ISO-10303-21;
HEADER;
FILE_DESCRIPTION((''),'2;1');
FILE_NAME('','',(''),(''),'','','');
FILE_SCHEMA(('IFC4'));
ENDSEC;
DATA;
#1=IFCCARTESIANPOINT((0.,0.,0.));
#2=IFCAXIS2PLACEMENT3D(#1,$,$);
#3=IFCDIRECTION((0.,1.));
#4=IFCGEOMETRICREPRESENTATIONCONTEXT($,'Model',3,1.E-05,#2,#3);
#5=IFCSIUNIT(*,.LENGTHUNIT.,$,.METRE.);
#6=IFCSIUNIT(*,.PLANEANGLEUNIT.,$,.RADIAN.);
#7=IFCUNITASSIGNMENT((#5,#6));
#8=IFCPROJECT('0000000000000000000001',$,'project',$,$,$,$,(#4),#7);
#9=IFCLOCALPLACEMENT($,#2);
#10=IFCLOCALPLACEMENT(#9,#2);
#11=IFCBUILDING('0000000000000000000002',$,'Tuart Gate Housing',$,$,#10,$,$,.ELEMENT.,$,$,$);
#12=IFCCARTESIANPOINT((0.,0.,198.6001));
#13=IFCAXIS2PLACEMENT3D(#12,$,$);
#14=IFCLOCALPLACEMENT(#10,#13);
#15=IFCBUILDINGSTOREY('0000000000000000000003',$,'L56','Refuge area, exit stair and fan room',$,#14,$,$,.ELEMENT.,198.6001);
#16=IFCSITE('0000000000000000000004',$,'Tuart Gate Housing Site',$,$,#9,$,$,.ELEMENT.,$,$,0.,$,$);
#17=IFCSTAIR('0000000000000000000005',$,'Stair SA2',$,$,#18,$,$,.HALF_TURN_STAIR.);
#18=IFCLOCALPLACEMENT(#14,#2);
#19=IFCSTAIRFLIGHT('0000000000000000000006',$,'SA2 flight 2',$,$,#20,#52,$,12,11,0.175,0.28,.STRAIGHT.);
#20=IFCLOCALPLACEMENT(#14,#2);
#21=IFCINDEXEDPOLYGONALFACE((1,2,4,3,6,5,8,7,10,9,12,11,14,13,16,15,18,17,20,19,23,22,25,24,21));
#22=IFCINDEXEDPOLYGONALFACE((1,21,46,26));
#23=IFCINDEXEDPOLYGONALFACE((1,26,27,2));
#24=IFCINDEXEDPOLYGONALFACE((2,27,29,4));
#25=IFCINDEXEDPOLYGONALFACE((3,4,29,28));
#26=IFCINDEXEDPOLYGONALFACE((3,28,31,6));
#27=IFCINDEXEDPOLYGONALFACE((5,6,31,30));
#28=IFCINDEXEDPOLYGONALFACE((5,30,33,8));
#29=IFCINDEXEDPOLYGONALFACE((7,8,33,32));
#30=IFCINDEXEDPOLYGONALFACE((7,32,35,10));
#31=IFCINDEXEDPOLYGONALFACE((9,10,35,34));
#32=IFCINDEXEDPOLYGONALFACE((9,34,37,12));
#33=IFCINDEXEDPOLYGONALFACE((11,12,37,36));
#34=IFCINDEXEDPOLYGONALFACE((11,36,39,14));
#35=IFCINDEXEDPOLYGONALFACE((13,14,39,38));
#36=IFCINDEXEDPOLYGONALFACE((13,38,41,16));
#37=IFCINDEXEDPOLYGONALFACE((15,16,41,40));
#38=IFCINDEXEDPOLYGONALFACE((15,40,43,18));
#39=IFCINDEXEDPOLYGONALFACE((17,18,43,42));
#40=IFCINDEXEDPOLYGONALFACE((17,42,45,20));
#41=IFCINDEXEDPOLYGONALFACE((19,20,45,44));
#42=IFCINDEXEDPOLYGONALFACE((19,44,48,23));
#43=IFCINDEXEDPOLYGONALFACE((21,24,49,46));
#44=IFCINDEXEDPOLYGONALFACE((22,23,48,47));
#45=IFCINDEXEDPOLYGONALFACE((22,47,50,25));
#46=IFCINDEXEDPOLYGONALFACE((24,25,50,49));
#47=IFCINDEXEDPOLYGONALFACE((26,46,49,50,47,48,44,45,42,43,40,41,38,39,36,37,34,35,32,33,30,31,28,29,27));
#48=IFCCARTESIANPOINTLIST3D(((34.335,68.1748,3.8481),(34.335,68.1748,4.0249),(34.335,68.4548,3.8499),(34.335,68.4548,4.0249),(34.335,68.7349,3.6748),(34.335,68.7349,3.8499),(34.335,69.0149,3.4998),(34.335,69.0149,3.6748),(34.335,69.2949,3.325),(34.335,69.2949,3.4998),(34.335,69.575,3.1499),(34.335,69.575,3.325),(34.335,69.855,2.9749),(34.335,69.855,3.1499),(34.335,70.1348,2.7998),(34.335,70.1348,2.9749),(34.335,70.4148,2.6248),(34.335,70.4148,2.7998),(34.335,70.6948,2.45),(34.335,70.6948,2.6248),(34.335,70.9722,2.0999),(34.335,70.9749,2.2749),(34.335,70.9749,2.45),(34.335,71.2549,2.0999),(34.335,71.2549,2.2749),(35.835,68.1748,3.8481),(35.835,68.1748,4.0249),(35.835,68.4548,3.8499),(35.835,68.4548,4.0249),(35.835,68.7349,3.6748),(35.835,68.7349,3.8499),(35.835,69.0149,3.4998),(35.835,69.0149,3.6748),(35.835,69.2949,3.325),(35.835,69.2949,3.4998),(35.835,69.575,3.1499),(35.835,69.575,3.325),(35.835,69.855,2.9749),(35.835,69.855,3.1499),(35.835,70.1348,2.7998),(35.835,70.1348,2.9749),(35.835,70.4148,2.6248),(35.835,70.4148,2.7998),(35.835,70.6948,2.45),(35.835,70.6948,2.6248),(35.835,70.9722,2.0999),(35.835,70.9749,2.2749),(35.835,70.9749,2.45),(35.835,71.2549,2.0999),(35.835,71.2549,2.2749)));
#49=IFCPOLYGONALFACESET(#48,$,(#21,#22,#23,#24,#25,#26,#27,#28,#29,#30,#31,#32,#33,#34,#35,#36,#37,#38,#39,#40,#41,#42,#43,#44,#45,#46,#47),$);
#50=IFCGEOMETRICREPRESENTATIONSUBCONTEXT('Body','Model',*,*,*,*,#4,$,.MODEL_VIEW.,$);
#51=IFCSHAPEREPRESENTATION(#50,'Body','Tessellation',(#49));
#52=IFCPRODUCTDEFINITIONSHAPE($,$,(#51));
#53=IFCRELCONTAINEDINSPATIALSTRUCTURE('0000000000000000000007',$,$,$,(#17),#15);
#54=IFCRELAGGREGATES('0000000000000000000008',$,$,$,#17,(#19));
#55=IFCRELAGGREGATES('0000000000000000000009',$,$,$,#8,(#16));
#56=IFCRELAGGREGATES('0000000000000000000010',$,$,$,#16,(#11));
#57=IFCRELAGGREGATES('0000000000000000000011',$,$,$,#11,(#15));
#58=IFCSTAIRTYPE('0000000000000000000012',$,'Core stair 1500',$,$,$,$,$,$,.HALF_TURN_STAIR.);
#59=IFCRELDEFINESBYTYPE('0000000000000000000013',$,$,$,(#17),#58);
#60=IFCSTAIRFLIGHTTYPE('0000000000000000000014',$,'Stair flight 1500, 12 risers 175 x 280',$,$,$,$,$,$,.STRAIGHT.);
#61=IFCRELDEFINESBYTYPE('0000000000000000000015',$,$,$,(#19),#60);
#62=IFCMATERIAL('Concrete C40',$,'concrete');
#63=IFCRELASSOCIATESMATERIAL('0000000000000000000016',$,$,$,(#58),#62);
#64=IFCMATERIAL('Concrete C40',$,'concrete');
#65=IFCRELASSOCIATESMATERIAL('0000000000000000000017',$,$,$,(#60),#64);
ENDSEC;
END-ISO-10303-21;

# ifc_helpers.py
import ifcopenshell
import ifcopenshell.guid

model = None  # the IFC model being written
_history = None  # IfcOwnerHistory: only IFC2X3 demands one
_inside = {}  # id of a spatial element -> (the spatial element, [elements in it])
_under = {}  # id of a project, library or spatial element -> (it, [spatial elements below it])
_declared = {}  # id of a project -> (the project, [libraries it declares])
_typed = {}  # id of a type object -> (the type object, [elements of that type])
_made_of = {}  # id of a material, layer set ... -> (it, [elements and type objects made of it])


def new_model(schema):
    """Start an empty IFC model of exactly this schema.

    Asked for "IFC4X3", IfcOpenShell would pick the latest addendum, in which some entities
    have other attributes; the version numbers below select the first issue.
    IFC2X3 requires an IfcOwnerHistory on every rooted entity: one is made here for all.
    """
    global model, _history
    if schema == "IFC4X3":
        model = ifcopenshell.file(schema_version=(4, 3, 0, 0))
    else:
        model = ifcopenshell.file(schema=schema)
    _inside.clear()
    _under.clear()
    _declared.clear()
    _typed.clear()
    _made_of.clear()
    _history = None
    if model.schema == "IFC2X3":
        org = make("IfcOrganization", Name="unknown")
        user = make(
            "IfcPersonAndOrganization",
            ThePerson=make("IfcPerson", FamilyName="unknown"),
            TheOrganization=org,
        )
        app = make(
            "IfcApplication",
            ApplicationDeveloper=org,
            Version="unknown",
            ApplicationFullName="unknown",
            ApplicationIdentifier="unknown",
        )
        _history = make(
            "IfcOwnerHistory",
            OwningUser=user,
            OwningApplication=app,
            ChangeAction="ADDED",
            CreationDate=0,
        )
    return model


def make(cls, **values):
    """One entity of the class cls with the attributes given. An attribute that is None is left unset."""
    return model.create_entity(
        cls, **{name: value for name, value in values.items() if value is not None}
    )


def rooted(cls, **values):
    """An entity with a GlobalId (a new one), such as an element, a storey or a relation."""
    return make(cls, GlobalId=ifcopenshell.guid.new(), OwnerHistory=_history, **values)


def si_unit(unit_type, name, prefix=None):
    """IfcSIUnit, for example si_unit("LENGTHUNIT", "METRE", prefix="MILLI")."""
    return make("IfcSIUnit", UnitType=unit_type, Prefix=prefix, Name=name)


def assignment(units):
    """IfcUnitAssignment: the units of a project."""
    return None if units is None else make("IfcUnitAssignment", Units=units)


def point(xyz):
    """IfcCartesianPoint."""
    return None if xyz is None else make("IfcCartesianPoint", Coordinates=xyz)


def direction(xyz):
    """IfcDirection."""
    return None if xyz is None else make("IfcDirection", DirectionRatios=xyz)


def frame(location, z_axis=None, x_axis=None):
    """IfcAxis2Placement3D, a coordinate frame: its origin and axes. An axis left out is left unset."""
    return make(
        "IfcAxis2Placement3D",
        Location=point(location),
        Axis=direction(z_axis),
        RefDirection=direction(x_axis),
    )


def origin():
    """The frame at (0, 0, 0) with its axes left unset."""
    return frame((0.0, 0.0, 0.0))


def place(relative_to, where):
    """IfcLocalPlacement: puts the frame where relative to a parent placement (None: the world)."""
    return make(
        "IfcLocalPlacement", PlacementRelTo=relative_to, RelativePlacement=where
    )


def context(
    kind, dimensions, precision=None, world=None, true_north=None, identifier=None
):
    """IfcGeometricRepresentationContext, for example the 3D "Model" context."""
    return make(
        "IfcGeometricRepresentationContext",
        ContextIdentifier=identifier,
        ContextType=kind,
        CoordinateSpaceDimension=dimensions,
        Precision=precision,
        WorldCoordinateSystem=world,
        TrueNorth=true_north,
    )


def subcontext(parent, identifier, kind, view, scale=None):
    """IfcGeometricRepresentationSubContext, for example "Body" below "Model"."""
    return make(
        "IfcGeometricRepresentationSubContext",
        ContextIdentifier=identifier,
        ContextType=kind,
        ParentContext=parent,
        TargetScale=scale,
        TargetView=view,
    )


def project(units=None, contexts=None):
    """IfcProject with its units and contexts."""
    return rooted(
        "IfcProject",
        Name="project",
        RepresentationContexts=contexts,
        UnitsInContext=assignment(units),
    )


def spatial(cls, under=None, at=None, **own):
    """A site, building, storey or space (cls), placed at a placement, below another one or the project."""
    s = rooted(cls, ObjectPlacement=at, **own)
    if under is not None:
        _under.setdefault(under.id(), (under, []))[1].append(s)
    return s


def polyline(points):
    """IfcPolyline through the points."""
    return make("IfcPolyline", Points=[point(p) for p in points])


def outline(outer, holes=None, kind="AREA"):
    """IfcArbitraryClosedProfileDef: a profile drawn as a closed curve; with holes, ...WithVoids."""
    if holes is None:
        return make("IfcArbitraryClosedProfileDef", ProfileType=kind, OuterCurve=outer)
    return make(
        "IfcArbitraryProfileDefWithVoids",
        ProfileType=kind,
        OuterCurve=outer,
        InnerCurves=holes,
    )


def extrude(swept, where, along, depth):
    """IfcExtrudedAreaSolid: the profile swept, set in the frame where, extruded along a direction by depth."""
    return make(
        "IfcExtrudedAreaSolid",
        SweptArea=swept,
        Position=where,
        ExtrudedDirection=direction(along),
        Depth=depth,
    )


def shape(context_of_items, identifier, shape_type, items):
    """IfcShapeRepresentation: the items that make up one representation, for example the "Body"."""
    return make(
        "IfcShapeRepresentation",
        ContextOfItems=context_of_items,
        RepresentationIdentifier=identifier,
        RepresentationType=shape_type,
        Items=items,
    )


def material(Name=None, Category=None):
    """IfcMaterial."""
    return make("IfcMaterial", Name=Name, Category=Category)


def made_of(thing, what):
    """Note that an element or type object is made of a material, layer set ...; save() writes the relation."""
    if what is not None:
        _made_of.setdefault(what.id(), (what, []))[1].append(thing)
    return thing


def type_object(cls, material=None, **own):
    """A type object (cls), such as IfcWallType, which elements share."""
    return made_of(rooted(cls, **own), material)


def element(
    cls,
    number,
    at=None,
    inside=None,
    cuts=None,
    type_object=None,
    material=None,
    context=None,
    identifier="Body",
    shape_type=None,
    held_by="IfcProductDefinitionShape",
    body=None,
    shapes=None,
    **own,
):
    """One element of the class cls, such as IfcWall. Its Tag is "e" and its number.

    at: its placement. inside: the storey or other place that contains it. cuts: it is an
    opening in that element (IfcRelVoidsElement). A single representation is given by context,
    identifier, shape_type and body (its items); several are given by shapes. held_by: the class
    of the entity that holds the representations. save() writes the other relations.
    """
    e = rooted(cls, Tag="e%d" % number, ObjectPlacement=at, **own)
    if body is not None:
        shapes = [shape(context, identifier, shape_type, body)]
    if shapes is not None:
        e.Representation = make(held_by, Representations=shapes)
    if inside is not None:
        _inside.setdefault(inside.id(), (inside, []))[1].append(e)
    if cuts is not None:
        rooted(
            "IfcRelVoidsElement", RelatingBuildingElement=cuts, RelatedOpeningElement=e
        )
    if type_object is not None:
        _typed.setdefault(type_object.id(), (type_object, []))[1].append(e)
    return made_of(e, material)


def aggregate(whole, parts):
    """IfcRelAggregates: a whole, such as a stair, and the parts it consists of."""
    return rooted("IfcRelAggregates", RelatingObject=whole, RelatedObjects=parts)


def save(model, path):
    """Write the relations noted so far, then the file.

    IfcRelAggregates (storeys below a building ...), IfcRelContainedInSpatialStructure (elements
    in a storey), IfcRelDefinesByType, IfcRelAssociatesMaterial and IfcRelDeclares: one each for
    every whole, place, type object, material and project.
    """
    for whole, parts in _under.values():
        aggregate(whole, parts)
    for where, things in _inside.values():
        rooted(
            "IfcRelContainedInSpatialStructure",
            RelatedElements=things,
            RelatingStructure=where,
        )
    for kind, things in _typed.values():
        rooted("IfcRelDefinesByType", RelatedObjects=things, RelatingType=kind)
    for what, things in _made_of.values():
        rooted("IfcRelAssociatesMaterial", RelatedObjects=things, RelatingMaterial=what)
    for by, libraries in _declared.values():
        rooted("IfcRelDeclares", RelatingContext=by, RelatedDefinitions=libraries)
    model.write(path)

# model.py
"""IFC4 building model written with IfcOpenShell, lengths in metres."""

from ifc_helpers import new_model, si_unit, direction, frame, origin, place, context, subcontext, project, spatial, polyline, outline, extrude, material, type_object, element, aggregate, save


model = new_model("IFC4")

# Units and contexts
model_context = context("Model", 3, precision=1e-05, world=origin(), true_north=direction((0.0, 1.0)))
body_context = subcontext(model_context, "Body", "Model", "MODEL_VIEW")
ifc_project = project(units=[si_unit("LENGTHUNIT", "METRE"), si_unit("PLANEANGLEUNIT", "RADIAN")], contexts=[model_context])

# Site, building, storey
site_placement = place(None, origin())
site = spatial("IfcSite", under=ifc_project, at=site_placement, Name="Tuart Gate Housing Site", CompositionType="ELEMENT", RefElevation=0.0)
building_placement = place(site_placement, origin())
building = spatial("IfcBuilding", under=site, at=building_placement, Name="Tuart Gate Housing", CompositionType="ELEMENT")
storey_placement = place(building_placement, frame((0.0, 0.0, 198.6001)))
storey = spatial("IfcBuildingStorey", under=building, at=storey_placement, Name="L56", Description="Refuge area, exit stair and fan room", CompositionType="ELEMENT", Elevation=198.6001)

# Stair, stair flight
ifc_material_1 = material(Name="Concrete C40", Category="concrete")
stair_type = type_object("IfcStairType", Name="Core stair 1500", PredefinedType="HALF_TURN_STAIR", material=ifc_material_1)
stair_placement = place(storey_placement, origin())
stair = element("IfcStair", 1, at=stair_placement, inside=storey, type_object=stair_type, Name="Stair SA2", PredefinedType="HALF_TURN_STAIR")
ifc_material_2 = material(Name="Concrete C40", Category="concrete")
stair_flight_type = type_object("IfcStairFlightType", Name="Stair flight 1500, 12 risers 175 x 280", PredefinedType="STRAIGHT", material=ifc_material_2)
stair_flight_1_placement = place(storey_placement, frame((35.085, 71.2549, 2.0999), z_axis=(0.0, 0.0, 1.0), x_axis=(0.0, -1.0, 0.0)))
stair_flight_1 = element("IfcStairFlight", 2, at=stair_flight_1_placement, type_object=stair_flight_type, Name="SA2 flight 2", NumberOfRisers=12, NumberOfTreads=11, PredefinedType="STRAIGHT", RiserHeight=0.175, TreadLength=0.28, context=body_context, shape_type="SweptSolid", body=[
    extrude(outline(polyline([(0.0, 0.0), (0.0, 0.175), (0.28, 0.175), (0.28, 0.3501), (0.5601, 0.3501), (0.5601, 0.5249), (0.8401, 0.5249), (0.8401, 0.7), (1.1201, 0.7), (1.1201, 0.875), (1.3999, 0.875), (1.3999, 1.05), (1.6799, 1.05), (1.6799, 1.2251), (1.96, 1.2251), (1.96, 1.3999), (2.24, 1.3999), (2.24, 1.575), (2.52, 1.575), (2.52, 1.75), (2.8, 1.75), (2.8, 1.925), (3.0801, 1.925), (3.0801, 2.1001), (3.0801, 1.7483), (0.2827, 0.0), (0.0, 0.0)])), frame((0.0, 0.75, 0.0), z_axis=(0.0, -1.0, 0.0), x_axis=(1.0, 0.0, 0.0)), (0.0, 0.0, 1.0), 1.5),
])
aggregate(stair, [stair_flight_1])

save(model, "model.ifc")
